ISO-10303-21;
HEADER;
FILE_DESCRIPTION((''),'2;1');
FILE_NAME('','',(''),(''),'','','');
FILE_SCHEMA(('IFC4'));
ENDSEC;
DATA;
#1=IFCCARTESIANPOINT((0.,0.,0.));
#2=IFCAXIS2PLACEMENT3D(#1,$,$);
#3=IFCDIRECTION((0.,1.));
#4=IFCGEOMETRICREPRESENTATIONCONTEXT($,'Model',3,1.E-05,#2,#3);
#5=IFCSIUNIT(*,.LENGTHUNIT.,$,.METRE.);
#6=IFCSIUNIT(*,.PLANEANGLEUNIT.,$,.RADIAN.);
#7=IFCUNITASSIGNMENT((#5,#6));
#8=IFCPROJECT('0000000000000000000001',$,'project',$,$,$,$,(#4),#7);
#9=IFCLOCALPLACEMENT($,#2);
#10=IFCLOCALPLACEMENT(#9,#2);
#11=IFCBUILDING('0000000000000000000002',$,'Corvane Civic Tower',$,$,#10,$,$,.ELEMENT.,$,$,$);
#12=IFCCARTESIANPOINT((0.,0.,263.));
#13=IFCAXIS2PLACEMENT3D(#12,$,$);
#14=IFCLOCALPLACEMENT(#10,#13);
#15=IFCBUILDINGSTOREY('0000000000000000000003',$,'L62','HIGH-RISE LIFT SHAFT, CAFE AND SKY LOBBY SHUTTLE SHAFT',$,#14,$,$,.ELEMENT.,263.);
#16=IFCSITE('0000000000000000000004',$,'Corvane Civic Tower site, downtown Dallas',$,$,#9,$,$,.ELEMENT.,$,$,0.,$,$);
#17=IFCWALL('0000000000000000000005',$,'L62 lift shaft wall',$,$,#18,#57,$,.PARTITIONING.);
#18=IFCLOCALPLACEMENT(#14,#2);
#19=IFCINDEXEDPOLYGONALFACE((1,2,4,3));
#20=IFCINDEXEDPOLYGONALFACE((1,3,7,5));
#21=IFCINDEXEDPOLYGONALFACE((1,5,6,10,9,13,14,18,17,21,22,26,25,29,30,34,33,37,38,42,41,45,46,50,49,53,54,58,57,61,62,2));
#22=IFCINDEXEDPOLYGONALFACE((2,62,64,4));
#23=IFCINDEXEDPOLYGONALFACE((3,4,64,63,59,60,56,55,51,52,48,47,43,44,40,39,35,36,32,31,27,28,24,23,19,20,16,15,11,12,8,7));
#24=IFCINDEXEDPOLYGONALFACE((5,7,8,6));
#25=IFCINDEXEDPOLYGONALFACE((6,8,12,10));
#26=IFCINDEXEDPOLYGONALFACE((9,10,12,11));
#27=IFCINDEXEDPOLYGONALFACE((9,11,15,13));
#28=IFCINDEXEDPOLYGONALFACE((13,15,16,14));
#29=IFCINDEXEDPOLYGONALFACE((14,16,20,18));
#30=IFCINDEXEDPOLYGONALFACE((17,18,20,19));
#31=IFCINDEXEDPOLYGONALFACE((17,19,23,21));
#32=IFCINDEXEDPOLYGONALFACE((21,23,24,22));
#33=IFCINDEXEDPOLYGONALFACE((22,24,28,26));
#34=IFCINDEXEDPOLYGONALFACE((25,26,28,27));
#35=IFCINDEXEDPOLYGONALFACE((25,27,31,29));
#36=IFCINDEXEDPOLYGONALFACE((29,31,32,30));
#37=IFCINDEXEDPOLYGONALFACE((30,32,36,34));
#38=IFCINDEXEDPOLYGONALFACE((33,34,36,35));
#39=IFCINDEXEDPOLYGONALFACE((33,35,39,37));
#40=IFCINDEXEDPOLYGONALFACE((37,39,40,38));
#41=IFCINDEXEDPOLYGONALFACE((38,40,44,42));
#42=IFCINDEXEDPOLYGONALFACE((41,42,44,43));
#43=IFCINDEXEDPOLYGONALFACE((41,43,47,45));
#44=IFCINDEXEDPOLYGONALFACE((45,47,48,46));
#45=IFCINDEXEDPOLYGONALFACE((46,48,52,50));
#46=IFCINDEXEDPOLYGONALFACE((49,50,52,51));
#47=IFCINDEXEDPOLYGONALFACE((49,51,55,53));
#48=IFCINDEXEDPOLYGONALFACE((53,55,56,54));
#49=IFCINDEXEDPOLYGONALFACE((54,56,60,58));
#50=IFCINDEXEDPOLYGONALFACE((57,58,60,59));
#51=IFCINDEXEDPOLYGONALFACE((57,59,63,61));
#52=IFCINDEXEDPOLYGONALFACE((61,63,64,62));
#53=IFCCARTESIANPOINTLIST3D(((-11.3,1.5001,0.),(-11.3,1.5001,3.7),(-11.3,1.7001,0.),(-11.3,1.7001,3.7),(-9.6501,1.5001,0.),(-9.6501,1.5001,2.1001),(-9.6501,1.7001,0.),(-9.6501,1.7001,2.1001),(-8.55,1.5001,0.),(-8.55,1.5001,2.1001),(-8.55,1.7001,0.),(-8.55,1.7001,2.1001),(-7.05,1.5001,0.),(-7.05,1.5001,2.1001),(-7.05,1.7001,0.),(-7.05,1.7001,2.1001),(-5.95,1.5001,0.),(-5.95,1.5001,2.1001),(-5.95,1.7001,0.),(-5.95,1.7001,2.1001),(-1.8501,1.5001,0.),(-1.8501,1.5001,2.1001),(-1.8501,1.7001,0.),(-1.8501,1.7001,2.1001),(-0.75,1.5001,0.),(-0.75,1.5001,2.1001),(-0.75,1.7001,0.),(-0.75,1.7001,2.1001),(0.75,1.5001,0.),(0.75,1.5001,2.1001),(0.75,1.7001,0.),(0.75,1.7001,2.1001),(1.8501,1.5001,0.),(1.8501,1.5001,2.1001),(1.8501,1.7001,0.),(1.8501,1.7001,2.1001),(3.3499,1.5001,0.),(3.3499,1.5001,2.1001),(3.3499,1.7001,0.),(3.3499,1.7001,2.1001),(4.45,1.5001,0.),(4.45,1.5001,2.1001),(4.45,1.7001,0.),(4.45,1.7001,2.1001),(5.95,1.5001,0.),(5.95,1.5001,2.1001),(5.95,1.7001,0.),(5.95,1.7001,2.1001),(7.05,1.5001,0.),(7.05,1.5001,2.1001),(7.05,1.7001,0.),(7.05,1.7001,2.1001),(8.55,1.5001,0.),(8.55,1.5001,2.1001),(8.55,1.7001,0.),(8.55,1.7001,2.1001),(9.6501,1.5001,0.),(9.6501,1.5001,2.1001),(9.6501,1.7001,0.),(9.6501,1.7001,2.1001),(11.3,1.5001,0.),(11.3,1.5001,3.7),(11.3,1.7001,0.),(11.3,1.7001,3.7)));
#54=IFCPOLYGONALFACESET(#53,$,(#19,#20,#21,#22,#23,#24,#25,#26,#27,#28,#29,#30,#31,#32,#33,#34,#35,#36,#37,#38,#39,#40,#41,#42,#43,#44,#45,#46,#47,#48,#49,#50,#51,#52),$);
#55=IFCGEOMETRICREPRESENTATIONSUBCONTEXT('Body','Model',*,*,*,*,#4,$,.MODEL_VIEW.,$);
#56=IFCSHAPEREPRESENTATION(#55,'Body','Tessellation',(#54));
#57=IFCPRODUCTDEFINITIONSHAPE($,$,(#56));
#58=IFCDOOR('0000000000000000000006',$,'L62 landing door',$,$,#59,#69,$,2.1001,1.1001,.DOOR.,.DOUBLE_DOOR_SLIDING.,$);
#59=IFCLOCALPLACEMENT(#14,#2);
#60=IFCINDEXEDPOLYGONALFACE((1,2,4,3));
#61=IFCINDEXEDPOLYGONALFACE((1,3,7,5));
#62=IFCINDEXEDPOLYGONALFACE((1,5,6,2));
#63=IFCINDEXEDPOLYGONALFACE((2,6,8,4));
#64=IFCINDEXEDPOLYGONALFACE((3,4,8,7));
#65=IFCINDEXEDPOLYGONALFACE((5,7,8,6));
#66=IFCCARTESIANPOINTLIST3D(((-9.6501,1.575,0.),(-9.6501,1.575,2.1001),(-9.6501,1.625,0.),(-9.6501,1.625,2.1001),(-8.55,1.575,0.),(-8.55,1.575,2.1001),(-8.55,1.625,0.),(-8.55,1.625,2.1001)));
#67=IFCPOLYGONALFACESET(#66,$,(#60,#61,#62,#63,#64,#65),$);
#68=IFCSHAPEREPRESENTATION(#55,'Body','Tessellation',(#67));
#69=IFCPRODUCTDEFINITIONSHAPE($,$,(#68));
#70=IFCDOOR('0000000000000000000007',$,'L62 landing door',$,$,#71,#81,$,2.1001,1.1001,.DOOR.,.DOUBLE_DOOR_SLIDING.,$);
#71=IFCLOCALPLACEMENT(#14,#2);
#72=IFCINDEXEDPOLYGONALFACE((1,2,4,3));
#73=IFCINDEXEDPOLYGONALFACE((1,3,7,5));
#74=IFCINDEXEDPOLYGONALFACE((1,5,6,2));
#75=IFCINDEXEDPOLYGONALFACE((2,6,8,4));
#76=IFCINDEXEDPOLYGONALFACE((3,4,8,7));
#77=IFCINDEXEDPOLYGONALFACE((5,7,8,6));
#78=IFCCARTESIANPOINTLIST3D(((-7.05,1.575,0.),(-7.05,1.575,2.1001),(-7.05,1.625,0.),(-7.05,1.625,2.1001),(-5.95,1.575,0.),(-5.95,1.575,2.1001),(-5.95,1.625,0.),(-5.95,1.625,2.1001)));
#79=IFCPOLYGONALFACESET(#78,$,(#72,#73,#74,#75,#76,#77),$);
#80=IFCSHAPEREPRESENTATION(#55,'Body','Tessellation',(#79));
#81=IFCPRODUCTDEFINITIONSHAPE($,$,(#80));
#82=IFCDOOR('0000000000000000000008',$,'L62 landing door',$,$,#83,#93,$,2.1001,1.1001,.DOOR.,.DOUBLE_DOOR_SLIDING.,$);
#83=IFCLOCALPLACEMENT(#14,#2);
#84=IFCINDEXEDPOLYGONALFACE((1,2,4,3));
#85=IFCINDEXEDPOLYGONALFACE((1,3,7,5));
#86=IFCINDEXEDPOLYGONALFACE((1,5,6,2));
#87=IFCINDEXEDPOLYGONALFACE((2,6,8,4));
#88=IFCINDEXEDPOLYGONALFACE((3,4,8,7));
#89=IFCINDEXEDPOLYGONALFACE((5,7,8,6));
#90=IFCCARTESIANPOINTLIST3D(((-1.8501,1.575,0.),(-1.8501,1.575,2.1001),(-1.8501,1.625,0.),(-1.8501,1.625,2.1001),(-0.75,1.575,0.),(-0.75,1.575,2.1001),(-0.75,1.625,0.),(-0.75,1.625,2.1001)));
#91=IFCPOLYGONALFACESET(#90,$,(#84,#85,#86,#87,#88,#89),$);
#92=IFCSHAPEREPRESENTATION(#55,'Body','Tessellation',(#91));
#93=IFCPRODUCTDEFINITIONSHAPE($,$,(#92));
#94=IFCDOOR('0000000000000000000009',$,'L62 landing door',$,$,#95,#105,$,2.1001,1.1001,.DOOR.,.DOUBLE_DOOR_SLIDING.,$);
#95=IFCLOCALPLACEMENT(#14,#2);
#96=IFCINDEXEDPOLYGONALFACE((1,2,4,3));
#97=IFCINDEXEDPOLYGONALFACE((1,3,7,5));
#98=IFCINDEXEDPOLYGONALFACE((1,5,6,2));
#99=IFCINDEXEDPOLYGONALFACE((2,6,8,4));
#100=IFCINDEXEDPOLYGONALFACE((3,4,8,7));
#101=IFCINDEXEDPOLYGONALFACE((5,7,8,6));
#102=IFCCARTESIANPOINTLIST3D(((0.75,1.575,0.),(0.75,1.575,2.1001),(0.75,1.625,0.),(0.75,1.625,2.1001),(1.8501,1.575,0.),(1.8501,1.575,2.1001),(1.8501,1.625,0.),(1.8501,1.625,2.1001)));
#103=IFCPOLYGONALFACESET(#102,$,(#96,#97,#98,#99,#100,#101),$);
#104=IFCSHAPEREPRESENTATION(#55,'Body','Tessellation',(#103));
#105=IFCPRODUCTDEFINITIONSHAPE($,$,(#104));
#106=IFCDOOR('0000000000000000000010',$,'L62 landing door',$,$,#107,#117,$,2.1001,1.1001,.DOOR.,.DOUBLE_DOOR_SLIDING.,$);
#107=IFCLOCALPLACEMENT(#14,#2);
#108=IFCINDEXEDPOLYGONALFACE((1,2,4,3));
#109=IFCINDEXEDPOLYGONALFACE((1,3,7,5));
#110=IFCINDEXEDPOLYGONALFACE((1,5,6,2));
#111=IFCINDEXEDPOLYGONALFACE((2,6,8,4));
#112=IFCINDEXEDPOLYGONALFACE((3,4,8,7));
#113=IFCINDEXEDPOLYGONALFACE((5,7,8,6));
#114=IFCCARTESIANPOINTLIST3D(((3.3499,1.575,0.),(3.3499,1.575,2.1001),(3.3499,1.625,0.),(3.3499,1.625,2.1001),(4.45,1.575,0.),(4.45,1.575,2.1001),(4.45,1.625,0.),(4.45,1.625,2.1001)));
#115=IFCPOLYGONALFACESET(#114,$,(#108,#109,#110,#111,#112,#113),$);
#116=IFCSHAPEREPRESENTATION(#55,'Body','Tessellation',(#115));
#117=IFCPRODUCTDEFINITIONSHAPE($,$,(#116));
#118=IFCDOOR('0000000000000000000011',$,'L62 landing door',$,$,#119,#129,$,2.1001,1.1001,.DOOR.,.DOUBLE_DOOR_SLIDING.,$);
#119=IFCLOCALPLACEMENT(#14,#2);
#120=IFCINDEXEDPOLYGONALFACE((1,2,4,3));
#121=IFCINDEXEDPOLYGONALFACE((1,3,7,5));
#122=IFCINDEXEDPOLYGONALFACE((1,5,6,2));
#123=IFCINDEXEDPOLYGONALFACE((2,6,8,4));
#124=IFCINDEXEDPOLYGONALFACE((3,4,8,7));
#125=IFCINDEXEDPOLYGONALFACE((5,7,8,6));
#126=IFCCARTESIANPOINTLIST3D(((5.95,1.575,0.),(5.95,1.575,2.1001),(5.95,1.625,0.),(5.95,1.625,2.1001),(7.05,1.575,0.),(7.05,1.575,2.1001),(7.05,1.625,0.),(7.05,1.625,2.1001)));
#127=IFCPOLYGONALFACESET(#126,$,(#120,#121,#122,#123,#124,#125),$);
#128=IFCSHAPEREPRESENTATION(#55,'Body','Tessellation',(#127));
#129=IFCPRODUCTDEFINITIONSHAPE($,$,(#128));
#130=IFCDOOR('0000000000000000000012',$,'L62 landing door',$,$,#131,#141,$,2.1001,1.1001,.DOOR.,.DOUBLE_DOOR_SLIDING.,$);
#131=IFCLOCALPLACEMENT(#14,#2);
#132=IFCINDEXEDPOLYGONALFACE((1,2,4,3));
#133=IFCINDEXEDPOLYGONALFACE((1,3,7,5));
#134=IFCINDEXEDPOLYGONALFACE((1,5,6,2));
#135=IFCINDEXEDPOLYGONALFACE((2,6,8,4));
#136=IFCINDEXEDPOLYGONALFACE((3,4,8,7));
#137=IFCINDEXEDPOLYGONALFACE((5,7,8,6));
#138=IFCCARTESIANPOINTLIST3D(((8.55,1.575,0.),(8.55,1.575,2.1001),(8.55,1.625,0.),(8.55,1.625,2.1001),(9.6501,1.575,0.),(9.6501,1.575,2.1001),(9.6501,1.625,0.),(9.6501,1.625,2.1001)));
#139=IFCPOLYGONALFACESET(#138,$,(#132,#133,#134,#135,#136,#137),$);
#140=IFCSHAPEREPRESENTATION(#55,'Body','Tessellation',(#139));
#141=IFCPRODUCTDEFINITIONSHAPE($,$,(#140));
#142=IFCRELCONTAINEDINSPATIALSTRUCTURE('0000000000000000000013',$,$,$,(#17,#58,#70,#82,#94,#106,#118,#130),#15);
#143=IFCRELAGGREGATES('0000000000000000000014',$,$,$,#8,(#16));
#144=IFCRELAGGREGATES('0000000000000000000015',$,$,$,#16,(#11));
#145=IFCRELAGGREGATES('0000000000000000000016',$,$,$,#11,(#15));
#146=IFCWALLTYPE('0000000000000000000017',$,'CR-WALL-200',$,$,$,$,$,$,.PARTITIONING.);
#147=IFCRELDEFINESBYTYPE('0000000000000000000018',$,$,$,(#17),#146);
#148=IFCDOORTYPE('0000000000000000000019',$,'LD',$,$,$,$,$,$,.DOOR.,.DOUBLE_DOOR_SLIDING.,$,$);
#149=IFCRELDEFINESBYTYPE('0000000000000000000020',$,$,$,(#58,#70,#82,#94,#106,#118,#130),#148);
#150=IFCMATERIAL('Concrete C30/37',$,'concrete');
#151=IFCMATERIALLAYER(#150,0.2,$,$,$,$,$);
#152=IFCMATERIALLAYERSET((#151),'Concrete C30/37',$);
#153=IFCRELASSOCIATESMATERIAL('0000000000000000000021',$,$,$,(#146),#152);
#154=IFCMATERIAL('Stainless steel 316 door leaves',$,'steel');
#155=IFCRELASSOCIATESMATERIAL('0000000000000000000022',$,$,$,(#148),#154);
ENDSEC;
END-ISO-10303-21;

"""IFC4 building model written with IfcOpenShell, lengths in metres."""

from ifc_helpers import new_model, si_unit, direction, frame, frame_2d, origin, place, context, subcontext, project, spatial, rectangle, extrude, material, layer, layer_set, type_object, element, fill, save


model = new_model("IFC4")

# Units and contexts
model_context = context("Model", 3, precision=1e-05, world=origin(), true_north=direction((0.0, 1.0)))
body_context = subcontext(model_context, "Body", "Model", "MODEL_VIEW")
ifc_project = project(units=[si_unit("LENGTHUNIT", "METRE"), si_unit("PLANEANGLEUNIT", "RADIAN")], contexts=[model_context])

# Site, building, storey
site_placement = place(None, origin())
site = spatial("IfcSite", under=ifc_project, at=site_placement, Name="Corvane Civic Tower site, downtown Dallas", CompositionType="ELEMENT", RefElevation=0.0)
building_placement = place(site_placement, origin())
building = spatial("IfcBuilding", under=site, at=building_placement, Name="Corvane Civic Tower", CompositionType="ELEMENT")
storey_placement = place(building_placement, frame((0.0, 0.0, 263.0)))
storey = spatial("IfcBuildingStorey", under=building, at=storey_placement, Name="L62", Description="HIGH-RISE LIFT SHAFT, CAFE AND SKY LOBBY SHUTTLE SHAFT", CompositionType="ELEMENT", Elevation=263.0)

# Wall, openings, doors
ifc_material_1 = material(Name="Concrete C30/37", Category="concrete")
ifc_layer_1 = layer(ifc_material_1, 0.2)
ifc_layer_set_1 = layer_set([ifc_layer_1], Name="Concrete C30/37")
wall_type_1 = type_object("IfcWallType", Name="CR-WALL-200", PredefinedType="PARTITIONING", material=ifc_layer_set_1)
wall_1_placement = place(storey_placement, frame((-11.3, 1.6001, 0.0), z_axis=(0.0, 0.0, 1.0), x_axis=(1.0, 0.0, 0.0)))
wall_1 = element("IfcWall", 1, at=wall_1_placement, inside=storey, type_object=wall_type_1, Name="L62 lift shaft wall", PredefinedType="PARTITIONING", context=body_context, shape_type="SweptSolid", body=[
    extrude(rectangle(XDim=22.6001, YDim=0.2, at=frame_2d((11.3, 0.0))), origin(), (0.0, 0.0, 1.0), 3.7),
])
opening_1_placement = place(wall_1_placement, frame((1.6499, 0.0, 0.0)))
opening_1 = element("IfcOpeningElement", 2, at=opening_1_placement, cuts=wall_1, PredefinedType="OPENING", context=body_context, shape_type="SweptSolid", body=[
    extrude(rectangle(XDim=1.1001, YDim=2.1001, at=frame_2d((0.55, 1.05))), frame((0.0, 0.1099, 0.0), z_axis=(0.0, -1.0, 0.0), x_axis=(1.0, 0.0, 0.0)), (0.0, 0.0, 1.0), 0.22),
])
opening_2_placement = place(wall_1_placement, frame((4.25, 0.0, 0.0)))
opening_2 = element("IfcOpeningElement", 3, at=opening_2_placement, cuts=wall_1, PredefinedType="OPENING", context=body_context, shape_type="SweptSolid", body=[
    extrude(rectangle(XDim=1.1001, YDim=2.1001, at=frame_2d((0.55, 1.05))), frame((0.0, 0.1099, 0.0), z_axis=(0.0, -1.0, 0.0), x_axis=(1.0, 0.0, 0.0)), (0.0, 0.0, 1.0), 0.22),
])
opening_3_placement = place(wall_1_placement, frame((9.45, 0.0, 0.0)))
opening_3 = element("IfcOpeningElement", 4, at=opening_3_placement, cuts=wall_1, PredefinedType="OPENING", context=body_context, shape_type="SweptSolid", body=[
    extrude(rectangle(XDim=1.1001, YDim=2.1001, at=frame_2d((0.55, 1.05))), frame((0.0, 0.1099, 0.0), z_axis=(0.0, -1.0, 0.0), x_axis=(1.0, 0.0, 0.0)), (0.0, 0.0, 1.0), 0.22),
])
opening_4_placement = place(wall_1_placement, frame((12.05, 0.0, 0.0)))
opening_4 = element("IfcOpeningElement", 5, at=opening_4_placement, cuts=wall_1, PredefinedType="OPENING", context=body_context, shape_type="SweptSolid", body=[
    extrude(rectangle(XDim=1.1001, YDim=2.1001, at=frame_2d((0.55, 1.05))), frame((0.0, 0.1099, 0.0), z_axis=(0.0, -1.0, 0.0), x_axis=(1.0, 0.0, 0.0)), (0.0, 0.0, 1.0), 0.22),
])
opening_5_placement = place(wall_1_placement, frame((14.6499, 0.0, 0.0)))
opening_5 = element("IfcOpeningElement", 6, at=opening_5_placement, cuts=wall_1, PredefinedType="OPENING", context=body_context, shape_type="SweptSolid", body=[
    extrude(rectangle(XDim=1.1001, YDim=2.1001, at=frame_2d((0.55, 1.05))), frame((0.0, 0.1099, 0.0), z_axis=(0.0, -1.0, 0.0), x_axis=(1.0, 0.0, 0.0)), (0.0, 0.0, 1.0), 0.22),
])
opening_6_placement = place(wall_1_placement, frame((17.25, 0.0, 0.0)))
opening_6 = element("IfcOpeningElement", 7, at=opening_6_placement, cuts=wall_1, PredefinedType="OPENING", context=body_context, shape_type="SweptSolid", body=[
    extrude(rectangle(XDim=1.1001, YDim=2.1001, at=frame_2d((0.55, 1.05))), frame((0.0, 0.1099, 0.0), z_axis=(0.0, -1.0, 0.0), x_axis=(1.0, 0.0, 0.0)), (0.0, 0.0, 1.0), 0.22),
])
opening_7_placement = place(wall_1_placement, frame((19.8501, 0.0, 0.0)))
opening_7 = element("IfcOpeningElement", 8, at=opening_7_placement, cuts=wall_1, PredefinedType="OPENING", context=body_context, shape_type="SweptSolid", body=[
    extrude(rectangle(XDim=1.1001, YDim=2.1001, at=frame_2d((0.55, 1.05))), frame((0.0, 0.1099, 0.0), z_axis=(0.0, -1.0, 0.0), x_axis=(1.0, 0.0, 0.0)), (0.0, 0.0, 1.0), 0.22),
])
ifc_material_2 = material(Name="Stainless steel 316 door leaves", Category="steel")
door_type_1 = type_object("IfcDoorType", Name="LD", OperationType="DOUBLE_DOOR_SLIDING", PredefinedType="DOOR", material=ifc_material_2)
door_1_placement = place(opening_1_placement, origin())
door_1 = element("IfcDoor", 9, at=door_1_placement, inside=storey, type_object=door_type_1, Name="L62 landing door", OperationType="DOUBLE_DOOR_SLIDING", OverallHeight=2.1001, OverallWidth=1.1001, PredefinedType="DOOR", context=body_context, shape_type="SweptSolid", body=[
    extrude(rectangle(XDim=1.1001, YDim=2.1001, at=frame_2d((0.55, 1.05))), frame((0.0, 0.0249, 0.0), z_axis=(0.0, -1.0, 0.0), x_axis=(1.0, 0.0, 0.0)), (0.0, 0.0, 1.0), 0.05),
])
fill(opening_1, door_1)
door_2_placement = place(opening_2_placement, origin())
door_2 = element("IfcDoor", 10, at=door_2_placement, inside=storey, type_object=door_type_1, Name="L62 landing door", OperationType="DOUBLE_DOOR_SLIDING", OverallHeight=2.1001, OverallWidth=1.1001, PredefinedType="DOOR", context=body_context, shape_type="SweptSolid", body=[
    extrude(rectangle(XDim=1.1001, YDim=2.1001, at=frame_2d((0.55, 1.05))), frame((0.0, 0.0249, 0.0), z_axis=(0.0, -1.0, 0.0), x_axis=(1.0, 0.0, 0.0)), (0.0, 0.0, 1.0), 0.05),
])
fill(opening_2, door_2)
door_3_placement = place(opening_3_placement, origin())
door_3 = element("IfcDoor", 11, at=door_3_placement, inside=storey, type_object=door_type_1, Name="L62 landing door", OperationType="DOUBLE_DOOR_SLIDING", OverallHeight=2.1001, OverallWidth=1.1001, PredefinedType="DOOR", context=body_context, shape_type="SweptSolid", body=[
    extrude(rectangle(XDim=1.1001, YDim=2.1001, at=frame_2d((0.55, 1.05))), frame((0.0, 0.0249, 0.0), z_axis=(0.0, -1.0, 0.0), x_axis=(1.0, 0.0, 0.0)), (0.0, 0.0, 1.0), 0.05),
])
fill(opening_3, door_3)
door_4_placement = place(opening_4_placement, origin())
door_4 = element("IfcDoor", 12, at=door_4_placement, inside=storey, type_object=door_type_1, Name="L62 landing door", OperationType="DOUBLE_DOOR_SLIDING", OverallHeight=2.1001, OverallWidth=1.1001, PredefinedType="DOOR", context=body_context, shape_type="SweptSolid", body=[
    extrude(rectangle(XDim=1.1001, YDim=2.1001, at=frame_2d((0.55, 1.05))), frame((0.0, 0.0249, 0.0), z_axis=(0.0, -1.0, 0.0), x_axis=(1.0, 0.0, 0.0)), (0.0, 0.0, 1.0), 0.05),
])
fill(opening_4, door_4)
door_5_placement = place(opening_5_placement, origin())
door_5 = element("IfcDoor", 13, at=door_5_placement, inside=storey, type_object=door_type_1, Name="L62 landing door", OperationType="DOUBLE_DOOR_SLIDING", OverallHeight=2.1001, OverallWidth=1.1001, PredefinedType="DOOR", context=body_context, shape_type="SweptSolid", body=[
    extrude(rectangle(XDim=1.1001, YDim=2.1001, at=frame_2d((0.55, 1.05))), frame((0.0, 0.0249, 0.0), z_axis=(0.0, -1.0, 0.0), x_axis=(1.0, 0.0, 0.0)), (0.0, 0.0, 1.0), 0.05),
])
fill(opening_5, door_5)
door_6_placement = place(opening_6_placement, origin())
door_6 = element("IfcDoor", 14, at=door_6_placement, inside=storey, type_object=door_type_1, Name="L62 landing door", OperationType="DOUBLE_DOOR_SLIDING", OverallHeight=2.1001, OverallWidth=1.1001, PredefinedType="DOOR", context=body_context, shape_type="SweptSolid", body=[
    extrude(rectangle(XDim=1.1001, YDim=2.1001, at=frame_2d((0.55, 1.05))), frame((0.0, 0.0249, 0.0), z_axis=(0.0, -1.0, 0.0), x_axis=(1.0, 0.0, 0.0)), (0.0, 0.0, 1.0), 0.05),
])
fill(opening_6, door_6)
door_7_placement = place(opening_7_placement, origin())
door_7 = element("IfcDoor", 15, at=door_7_placement, inside=storey, type_object=door_type_1, Name="L62 landing door", OperationType="DOUBLE_DOOR_SLIDING", OverallHeight=2.1001, OverallWidth=1.1001, PredefinedType="DOOR", context=body_context, shape_type="SweptSolid", body=[
    extrude(rectangle(XDim=1.1001, YDim=2.1001, at=frame_2d((0.55, 1.05))), frame((0.0, 0.0249, 0.0), z_axis=(0.0, -1.0, 0.0), x_axis=(1.0, 0.0, 0.0)), (0.0, 0.0, 1.0), 0.05),
])
fill(opening_7, door_7)

save(model, "model.ifc")
